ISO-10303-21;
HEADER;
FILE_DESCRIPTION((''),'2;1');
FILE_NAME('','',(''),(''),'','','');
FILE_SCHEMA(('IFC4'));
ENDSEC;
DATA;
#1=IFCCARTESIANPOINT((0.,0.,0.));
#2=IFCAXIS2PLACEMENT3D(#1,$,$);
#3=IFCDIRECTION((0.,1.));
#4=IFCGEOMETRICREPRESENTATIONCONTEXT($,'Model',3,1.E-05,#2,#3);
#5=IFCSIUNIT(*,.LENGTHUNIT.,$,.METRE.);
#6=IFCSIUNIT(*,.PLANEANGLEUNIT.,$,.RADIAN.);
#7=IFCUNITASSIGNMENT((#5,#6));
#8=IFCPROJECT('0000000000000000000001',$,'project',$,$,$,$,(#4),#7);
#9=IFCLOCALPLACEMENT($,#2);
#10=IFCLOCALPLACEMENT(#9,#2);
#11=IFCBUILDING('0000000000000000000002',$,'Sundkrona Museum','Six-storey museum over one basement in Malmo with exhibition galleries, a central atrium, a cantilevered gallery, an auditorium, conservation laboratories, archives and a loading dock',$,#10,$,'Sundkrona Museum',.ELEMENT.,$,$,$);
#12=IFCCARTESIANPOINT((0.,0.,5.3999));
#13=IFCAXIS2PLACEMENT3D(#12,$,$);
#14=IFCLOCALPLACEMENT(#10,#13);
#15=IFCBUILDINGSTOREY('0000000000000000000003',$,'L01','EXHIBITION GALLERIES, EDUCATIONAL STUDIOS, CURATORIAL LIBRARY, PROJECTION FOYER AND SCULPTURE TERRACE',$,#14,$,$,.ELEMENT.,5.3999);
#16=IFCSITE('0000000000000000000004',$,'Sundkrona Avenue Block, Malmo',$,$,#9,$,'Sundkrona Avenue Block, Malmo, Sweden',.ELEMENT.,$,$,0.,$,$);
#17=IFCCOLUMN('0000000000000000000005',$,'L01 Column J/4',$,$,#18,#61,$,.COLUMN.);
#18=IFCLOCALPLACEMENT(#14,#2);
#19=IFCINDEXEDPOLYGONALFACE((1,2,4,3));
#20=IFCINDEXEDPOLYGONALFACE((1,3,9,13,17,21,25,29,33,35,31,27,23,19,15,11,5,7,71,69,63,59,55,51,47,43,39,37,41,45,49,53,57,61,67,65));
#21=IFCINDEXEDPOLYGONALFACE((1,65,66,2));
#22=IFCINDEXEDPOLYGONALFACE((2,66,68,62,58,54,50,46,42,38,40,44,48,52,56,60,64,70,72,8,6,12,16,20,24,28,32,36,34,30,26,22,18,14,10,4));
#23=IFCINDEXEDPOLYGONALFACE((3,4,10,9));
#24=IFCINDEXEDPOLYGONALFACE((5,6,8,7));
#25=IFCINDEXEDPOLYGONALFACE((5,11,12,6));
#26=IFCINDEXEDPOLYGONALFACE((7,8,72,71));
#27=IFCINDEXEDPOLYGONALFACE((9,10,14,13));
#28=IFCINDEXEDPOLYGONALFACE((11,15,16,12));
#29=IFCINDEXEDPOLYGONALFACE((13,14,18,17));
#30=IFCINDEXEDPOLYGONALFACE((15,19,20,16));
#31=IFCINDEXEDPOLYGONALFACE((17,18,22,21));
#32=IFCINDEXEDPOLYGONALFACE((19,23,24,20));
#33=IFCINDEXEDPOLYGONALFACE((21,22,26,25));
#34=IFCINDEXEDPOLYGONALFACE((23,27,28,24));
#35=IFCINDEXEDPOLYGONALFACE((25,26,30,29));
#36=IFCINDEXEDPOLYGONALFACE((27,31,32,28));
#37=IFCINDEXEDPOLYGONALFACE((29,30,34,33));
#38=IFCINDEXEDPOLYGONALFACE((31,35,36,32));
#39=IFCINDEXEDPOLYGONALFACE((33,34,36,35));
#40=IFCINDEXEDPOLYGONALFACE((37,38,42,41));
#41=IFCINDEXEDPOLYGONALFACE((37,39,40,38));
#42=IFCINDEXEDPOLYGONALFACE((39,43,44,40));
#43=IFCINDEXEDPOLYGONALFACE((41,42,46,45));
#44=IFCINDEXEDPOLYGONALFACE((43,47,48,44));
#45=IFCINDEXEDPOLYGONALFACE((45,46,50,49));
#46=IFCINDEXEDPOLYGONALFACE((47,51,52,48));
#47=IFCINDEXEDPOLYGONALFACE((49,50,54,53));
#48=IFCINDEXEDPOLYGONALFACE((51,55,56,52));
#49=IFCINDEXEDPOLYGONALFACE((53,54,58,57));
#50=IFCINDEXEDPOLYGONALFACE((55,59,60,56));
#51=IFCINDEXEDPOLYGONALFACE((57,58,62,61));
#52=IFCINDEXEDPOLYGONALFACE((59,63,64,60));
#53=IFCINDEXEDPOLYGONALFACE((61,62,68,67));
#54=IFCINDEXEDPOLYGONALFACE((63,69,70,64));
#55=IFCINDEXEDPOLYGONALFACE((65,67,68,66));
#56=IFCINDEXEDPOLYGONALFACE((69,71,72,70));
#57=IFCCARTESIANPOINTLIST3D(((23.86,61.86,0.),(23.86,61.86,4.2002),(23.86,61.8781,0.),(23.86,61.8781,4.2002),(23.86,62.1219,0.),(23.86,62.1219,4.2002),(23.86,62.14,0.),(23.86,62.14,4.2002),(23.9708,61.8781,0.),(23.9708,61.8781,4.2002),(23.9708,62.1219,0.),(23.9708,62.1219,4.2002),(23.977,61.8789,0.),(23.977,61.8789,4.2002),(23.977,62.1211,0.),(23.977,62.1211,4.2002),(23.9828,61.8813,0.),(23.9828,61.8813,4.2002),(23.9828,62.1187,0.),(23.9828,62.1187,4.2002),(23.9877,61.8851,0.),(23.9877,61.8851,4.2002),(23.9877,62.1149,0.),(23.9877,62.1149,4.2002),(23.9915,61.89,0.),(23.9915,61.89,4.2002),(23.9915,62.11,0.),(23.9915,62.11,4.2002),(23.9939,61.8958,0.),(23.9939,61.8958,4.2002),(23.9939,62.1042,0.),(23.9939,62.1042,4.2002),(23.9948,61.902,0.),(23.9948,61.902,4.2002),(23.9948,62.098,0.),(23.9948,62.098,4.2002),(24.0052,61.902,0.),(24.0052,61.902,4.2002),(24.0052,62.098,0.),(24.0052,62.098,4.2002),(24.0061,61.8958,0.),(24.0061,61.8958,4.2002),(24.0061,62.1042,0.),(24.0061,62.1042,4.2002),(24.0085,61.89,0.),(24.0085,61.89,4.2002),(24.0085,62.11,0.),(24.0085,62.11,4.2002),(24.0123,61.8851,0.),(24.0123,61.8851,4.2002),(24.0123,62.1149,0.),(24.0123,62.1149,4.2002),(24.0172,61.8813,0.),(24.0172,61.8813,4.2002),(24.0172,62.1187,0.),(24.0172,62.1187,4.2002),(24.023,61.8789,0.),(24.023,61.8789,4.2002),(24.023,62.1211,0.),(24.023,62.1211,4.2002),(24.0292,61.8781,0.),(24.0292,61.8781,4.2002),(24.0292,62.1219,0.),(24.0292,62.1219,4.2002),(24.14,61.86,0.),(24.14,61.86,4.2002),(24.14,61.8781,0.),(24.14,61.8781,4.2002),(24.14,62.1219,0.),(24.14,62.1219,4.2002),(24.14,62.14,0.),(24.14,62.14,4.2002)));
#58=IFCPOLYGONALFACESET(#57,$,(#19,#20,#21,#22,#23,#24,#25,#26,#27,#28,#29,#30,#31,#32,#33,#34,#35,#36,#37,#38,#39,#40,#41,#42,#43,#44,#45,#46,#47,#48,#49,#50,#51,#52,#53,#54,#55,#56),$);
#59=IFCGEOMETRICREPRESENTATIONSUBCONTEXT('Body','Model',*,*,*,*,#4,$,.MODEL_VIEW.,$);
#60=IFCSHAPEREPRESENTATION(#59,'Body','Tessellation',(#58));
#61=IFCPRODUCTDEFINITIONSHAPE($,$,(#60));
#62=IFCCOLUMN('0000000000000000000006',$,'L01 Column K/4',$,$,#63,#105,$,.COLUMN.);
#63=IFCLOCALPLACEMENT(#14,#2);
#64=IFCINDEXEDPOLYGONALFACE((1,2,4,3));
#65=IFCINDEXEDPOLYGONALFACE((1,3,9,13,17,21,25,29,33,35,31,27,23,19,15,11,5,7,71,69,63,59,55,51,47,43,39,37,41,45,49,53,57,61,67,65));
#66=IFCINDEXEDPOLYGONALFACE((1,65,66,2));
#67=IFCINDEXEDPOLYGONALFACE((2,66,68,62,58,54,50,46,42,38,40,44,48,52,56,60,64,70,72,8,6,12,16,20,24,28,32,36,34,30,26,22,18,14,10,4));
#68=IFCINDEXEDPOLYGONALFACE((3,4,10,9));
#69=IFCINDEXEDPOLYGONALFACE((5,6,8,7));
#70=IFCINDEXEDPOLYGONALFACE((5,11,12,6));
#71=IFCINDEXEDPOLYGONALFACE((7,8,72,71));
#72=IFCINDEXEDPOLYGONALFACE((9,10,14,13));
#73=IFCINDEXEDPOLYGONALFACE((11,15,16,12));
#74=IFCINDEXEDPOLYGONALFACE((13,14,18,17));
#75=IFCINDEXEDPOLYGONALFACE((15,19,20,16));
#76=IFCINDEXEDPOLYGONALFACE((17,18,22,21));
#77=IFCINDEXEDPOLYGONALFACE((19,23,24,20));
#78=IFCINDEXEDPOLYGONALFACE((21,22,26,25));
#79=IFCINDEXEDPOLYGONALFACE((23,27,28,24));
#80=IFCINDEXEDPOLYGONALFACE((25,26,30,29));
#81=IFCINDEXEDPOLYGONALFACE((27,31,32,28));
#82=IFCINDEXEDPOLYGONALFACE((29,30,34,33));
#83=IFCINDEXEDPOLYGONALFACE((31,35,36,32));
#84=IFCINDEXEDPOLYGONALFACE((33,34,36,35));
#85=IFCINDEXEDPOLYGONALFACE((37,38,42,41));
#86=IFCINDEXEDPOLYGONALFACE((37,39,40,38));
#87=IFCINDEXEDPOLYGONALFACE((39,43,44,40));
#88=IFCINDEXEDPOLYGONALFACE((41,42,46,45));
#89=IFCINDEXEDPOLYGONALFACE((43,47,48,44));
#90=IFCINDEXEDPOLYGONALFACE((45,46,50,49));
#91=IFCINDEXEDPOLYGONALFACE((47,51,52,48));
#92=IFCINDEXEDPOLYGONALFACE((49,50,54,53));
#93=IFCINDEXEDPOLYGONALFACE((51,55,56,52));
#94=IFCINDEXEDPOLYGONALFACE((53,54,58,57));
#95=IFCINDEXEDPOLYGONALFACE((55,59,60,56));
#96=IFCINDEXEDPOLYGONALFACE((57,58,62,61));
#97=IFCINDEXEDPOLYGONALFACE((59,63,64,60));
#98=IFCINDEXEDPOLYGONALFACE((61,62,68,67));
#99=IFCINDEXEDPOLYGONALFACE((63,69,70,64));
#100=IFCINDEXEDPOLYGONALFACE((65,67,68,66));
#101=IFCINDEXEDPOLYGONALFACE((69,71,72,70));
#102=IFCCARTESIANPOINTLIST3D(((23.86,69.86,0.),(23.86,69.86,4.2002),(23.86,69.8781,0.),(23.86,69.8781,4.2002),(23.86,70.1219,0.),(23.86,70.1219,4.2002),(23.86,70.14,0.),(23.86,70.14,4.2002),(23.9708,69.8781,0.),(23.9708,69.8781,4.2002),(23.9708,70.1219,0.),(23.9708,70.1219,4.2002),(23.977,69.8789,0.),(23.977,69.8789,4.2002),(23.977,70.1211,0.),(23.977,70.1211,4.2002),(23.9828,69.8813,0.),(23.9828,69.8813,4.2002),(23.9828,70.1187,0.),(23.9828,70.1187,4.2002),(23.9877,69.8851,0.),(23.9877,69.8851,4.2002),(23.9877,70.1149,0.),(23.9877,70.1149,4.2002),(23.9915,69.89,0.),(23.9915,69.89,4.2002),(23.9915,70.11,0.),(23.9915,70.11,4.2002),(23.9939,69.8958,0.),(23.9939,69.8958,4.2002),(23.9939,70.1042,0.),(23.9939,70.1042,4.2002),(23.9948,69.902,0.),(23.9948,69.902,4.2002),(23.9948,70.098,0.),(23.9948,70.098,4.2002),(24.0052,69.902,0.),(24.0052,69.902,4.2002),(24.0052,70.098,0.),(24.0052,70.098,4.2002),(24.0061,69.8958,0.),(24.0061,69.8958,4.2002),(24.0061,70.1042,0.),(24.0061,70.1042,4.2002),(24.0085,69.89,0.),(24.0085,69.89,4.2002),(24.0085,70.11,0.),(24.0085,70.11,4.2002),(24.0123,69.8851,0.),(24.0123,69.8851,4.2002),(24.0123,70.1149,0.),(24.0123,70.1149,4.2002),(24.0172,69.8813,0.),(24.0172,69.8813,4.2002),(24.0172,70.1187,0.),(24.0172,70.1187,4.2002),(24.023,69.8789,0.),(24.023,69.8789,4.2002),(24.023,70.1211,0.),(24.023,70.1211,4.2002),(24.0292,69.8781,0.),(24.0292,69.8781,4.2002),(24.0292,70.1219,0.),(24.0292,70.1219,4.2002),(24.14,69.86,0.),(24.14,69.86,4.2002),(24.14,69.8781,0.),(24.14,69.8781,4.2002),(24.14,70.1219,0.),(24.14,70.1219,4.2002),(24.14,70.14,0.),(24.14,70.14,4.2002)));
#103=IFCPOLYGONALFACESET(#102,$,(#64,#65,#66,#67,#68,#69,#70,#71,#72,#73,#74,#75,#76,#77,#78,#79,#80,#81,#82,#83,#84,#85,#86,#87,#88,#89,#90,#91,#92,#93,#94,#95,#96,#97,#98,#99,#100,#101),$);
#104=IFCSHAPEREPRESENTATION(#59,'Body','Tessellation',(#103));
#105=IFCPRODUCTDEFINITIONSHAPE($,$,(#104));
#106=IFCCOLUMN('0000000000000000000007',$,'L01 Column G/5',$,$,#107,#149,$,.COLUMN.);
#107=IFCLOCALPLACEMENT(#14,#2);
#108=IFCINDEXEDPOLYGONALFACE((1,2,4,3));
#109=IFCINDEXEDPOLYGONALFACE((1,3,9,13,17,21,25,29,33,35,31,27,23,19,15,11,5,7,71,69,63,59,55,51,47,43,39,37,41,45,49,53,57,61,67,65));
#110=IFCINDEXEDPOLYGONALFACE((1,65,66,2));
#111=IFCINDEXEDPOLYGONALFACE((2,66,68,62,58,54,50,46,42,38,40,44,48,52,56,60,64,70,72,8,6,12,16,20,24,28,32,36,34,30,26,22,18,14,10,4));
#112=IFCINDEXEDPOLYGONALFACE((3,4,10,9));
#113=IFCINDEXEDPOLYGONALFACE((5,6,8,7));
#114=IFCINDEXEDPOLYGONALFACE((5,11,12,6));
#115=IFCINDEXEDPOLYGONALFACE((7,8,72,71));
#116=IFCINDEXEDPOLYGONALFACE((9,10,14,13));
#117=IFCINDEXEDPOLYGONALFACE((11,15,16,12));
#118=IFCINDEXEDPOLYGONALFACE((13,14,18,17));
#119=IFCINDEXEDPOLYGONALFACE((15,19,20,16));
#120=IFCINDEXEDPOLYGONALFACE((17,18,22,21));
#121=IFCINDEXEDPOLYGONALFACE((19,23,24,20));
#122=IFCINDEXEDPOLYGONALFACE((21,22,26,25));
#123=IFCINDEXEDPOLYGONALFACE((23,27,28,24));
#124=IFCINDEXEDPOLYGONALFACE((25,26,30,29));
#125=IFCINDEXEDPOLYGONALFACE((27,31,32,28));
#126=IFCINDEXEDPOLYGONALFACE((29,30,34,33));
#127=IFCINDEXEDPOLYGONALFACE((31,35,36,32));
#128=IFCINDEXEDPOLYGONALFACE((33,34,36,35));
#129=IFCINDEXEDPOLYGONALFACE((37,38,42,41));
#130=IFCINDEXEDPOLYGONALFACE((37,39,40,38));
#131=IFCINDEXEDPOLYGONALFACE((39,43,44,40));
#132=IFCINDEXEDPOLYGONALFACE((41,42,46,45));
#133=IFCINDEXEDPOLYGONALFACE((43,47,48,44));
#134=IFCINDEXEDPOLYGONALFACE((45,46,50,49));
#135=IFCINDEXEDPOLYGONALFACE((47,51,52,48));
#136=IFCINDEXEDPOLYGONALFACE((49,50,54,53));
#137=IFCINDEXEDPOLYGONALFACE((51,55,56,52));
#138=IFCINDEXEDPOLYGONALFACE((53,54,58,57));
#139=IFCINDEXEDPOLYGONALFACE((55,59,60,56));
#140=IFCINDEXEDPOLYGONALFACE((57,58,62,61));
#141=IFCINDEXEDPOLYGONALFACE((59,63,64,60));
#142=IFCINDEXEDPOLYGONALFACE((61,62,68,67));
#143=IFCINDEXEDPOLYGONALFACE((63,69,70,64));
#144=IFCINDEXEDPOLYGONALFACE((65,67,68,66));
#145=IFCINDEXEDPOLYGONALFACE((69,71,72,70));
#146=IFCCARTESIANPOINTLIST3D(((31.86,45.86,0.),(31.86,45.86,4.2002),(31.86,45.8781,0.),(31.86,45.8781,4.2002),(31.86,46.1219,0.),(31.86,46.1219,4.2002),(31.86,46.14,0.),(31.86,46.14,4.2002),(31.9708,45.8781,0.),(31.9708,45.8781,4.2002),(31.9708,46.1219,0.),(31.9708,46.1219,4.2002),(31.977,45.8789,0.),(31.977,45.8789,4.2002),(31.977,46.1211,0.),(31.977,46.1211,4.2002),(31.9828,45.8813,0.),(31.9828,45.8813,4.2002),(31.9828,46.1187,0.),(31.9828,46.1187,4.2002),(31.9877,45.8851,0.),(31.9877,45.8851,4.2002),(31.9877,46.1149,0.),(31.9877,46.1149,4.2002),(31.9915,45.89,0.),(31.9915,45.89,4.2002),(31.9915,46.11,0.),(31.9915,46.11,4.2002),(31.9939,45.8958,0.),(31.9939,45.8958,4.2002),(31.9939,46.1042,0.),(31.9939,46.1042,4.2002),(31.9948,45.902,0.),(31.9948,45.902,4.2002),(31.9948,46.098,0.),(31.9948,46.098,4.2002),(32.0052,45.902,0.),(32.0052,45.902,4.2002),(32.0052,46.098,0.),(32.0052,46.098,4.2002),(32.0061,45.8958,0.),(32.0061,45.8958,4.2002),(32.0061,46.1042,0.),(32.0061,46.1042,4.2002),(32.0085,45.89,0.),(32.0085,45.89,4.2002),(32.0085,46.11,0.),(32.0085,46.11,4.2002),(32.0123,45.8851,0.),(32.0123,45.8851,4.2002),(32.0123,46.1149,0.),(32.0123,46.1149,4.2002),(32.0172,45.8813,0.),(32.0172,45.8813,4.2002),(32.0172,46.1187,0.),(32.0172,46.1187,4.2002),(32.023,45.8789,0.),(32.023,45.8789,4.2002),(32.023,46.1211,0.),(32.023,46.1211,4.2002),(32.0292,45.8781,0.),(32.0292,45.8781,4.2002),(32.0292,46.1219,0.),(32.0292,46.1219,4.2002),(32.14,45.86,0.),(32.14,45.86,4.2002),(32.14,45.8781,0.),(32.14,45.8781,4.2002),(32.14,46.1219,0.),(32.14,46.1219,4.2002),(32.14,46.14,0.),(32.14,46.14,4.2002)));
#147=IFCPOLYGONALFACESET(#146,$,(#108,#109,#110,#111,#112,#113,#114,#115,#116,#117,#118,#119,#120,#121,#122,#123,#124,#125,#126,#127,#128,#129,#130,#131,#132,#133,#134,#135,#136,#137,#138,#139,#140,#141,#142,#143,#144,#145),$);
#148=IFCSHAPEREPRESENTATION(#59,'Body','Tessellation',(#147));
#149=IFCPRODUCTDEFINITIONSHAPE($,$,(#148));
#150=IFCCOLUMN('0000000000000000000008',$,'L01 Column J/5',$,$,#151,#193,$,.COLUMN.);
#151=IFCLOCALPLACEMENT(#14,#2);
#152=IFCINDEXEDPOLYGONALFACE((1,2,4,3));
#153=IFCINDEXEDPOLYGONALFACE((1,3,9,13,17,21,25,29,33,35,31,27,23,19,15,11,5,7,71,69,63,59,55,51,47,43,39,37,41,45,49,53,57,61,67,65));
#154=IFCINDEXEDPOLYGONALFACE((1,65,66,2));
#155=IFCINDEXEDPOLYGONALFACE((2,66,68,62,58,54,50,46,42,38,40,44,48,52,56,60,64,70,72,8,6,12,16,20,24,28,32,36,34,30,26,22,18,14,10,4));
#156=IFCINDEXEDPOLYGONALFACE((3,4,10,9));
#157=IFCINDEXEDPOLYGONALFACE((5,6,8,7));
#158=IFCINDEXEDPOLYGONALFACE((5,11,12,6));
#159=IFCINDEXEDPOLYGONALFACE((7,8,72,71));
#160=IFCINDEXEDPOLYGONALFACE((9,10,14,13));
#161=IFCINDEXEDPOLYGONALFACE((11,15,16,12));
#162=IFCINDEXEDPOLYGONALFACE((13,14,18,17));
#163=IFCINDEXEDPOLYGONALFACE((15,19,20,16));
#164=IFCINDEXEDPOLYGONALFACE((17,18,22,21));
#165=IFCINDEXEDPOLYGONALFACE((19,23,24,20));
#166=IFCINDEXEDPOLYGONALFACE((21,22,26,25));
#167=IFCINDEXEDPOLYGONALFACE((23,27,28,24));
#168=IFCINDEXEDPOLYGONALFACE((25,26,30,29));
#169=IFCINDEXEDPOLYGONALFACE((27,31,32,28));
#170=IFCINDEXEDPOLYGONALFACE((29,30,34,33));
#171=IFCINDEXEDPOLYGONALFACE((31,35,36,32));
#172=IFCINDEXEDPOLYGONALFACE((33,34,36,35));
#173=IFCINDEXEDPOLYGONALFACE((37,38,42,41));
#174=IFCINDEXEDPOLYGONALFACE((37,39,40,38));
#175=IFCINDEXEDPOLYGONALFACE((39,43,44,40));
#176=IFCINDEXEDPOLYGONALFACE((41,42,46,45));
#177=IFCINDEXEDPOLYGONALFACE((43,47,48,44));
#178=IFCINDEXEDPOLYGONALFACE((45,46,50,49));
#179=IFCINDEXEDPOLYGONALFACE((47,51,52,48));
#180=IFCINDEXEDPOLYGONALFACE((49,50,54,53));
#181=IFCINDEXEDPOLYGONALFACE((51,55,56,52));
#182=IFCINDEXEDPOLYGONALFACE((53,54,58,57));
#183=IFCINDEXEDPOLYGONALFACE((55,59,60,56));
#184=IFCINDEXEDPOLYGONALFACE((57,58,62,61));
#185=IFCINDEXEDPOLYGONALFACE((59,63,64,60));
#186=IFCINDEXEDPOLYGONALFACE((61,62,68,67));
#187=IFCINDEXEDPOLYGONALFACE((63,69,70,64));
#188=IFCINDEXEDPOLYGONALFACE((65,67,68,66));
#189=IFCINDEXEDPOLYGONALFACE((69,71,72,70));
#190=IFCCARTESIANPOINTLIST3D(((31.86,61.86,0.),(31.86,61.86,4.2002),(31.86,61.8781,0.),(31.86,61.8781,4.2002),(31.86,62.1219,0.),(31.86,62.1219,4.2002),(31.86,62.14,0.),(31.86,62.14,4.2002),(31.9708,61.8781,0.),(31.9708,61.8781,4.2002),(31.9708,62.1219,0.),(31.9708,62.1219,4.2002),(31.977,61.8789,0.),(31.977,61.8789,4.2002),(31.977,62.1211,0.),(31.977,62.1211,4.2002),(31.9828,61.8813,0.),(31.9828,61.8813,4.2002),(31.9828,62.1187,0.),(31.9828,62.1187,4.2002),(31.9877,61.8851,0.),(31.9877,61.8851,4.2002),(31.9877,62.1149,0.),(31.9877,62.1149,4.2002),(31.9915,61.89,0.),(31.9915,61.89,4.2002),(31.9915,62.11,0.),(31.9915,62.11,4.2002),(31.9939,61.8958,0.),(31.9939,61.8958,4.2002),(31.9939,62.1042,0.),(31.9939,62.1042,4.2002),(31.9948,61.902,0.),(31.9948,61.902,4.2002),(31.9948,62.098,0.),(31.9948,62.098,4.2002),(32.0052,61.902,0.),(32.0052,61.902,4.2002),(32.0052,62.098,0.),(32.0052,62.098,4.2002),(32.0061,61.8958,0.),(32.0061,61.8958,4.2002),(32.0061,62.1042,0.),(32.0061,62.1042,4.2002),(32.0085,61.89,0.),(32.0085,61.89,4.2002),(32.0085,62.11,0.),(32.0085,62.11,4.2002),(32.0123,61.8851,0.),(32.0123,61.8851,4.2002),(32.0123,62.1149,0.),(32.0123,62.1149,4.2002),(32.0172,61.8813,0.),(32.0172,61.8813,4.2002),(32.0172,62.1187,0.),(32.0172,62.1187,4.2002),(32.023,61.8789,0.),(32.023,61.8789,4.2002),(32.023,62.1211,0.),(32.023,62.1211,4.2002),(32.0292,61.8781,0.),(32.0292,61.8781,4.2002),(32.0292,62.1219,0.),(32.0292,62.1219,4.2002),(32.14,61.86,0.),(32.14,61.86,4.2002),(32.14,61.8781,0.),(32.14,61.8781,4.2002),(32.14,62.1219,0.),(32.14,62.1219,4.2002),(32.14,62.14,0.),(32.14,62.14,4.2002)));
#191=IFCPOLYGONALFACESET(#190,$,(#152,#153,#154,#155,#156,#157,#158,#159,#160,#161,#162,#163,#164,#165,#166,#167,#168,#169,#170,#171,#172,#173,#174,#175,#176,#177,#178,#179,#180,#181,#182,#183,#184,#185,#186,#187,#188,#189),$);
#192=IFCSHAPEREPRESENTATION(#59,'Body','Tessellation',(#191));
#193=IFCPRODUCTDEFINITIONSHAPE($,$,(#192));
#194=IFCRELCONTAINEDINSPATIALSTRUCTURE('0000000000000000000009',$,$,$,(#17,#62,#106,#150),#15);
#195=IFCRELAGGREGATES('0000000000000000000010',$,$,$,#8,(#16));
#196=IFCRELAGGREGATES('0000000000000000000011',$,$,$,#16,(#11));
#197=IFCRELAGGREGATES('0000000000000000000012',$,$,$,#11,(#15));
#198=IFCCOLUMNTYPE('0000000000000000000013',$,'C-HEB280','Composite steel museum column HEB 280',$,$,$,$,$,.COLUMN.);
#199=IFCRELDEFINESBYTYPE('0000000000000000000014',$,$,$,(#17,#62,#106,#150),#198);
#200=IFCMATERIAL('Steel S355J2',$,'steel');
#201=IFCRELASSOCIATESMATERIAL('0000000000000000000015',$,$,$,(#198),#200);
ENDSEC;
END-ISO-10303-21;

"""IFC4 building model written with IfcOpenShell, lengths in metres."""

from ifc_helpers import new_model, si_unit, direction, frame, origin, origin_2d, place, context, subcontext, project, spatial, i_section, extrude, material, material_profile, profile_set, type_object, element, save


model = new_model("IFC4")

# Units and contexts
model_context = context("Model", 3, precision=1e-05, world=origin(), true_north=direction((0.0, 1.0)))
body_context = subcontext(model_context, "Body", "Model", "MODEL_VIEW")
ifc_project = project(units=[si_unit("LENGTHUNIT", "METRE"), si_unit("PLANEANGLEUNIT", "RADIAN")], contexts=[model_context])

# Site, building, storey
site_placement = place(None, origin())
site = spatial("IfcSite", under=ifc_project, at=site_placement, Name="Sundkrona Avenue Block, Malmo", LongName="Sundkrona Avenue Block, Malmo, Sweden", CompositionType="ELEMENT", RefElevation=0.0)
building_placement = place(site_placement, origin())
building = spatial("IfcBuilding", under=site, at=building_placement, Name="Sundkrona Museum", Description="Six-storey museum over one basement in Malmo with exhibition galleries, a central atrium, a cantilevered gallery, an auditorium, conservation laboratories, archives and a loading dock", LongName="Sundkrona Museum", CompositionType="ELEMENT")
storey_placement = place(building_placement, frame((0.0, 0.0, 5.3999)))
storey = spatial("IfcBuildingStorey", under=building, at=storey_placement, Name="L01", Description="EXHIBITION GALLERIES, EDUCATIONAL STUDIOS, CURATORIAL LIBRARY, PROJECTION FOYER AND SCULPTURE TERRACE", CompositionType="ELEMENT", Elevation=5.3999)

# Columns
ifc_material_1 = material(Name="Steel S355J2", Category="steel")
ifc_material_profile_1 = material_profile(ifc_material_1, i_section(OverallWidth=0.28, OverallDepth=0.28, WebThickness=0.0105, FlangeThickness=0.0181, FilletRadius=0.0239, at=origin_2d()), Name="HEB 280")
ifc_profile_set_1 = profile_set([ifc_material_profile_1], Name="Steel S355J2")
column_type_1 = type_object("IfcColumnType", Name="C-HEB280", Description="Composite steel museum column HEB 280", PredefinedType="COLUMN", material=ifc_profile_set_1)
for number, where, z_axis, x_axis, name in (
    (1, (24.0, 62.0, 0.0), (0.0, 0.0, 1.0), (1.0, 0.0, 0.0), "L01 Column J/4"),
    (2, (24.0, 70.0, 0.0), (0.0, 0.0, 1.0), (1.0, 0.0, 0.0), "L01 Column K/4"),
    (3, (32.0, 46.0, 0.0), (0.0, 0.0, 1.0), (1.0, 0.0, 0.0), "L01 Column G/5"),
    (4, (32.0, 62.0, 0.0), (0.0, 0.0, 1.0), (1.0, 0.0, 0.0), "L01 Column J/5"),
):
    element("IfcColumn", number, at=place(storey_placement, frame(where, z_axis=z_axis, x_axis=x_axis)), inside=storey, type_object=column_type_1, Name=name, PredefinedType="COLUMN", context=body_context, shape_type="SweptSolid", body=[
        extrude(i_section(OverallWidth=0.28, OverallDepth=0.28, WebThickness=0.0105, FlangeThickness=0.0181, FilletRadius=0.0239, at=origin_2d()), origin(), (0.0, 0.0, 1.0), 4.2002),
    ])

save(model, "model.ifc")
